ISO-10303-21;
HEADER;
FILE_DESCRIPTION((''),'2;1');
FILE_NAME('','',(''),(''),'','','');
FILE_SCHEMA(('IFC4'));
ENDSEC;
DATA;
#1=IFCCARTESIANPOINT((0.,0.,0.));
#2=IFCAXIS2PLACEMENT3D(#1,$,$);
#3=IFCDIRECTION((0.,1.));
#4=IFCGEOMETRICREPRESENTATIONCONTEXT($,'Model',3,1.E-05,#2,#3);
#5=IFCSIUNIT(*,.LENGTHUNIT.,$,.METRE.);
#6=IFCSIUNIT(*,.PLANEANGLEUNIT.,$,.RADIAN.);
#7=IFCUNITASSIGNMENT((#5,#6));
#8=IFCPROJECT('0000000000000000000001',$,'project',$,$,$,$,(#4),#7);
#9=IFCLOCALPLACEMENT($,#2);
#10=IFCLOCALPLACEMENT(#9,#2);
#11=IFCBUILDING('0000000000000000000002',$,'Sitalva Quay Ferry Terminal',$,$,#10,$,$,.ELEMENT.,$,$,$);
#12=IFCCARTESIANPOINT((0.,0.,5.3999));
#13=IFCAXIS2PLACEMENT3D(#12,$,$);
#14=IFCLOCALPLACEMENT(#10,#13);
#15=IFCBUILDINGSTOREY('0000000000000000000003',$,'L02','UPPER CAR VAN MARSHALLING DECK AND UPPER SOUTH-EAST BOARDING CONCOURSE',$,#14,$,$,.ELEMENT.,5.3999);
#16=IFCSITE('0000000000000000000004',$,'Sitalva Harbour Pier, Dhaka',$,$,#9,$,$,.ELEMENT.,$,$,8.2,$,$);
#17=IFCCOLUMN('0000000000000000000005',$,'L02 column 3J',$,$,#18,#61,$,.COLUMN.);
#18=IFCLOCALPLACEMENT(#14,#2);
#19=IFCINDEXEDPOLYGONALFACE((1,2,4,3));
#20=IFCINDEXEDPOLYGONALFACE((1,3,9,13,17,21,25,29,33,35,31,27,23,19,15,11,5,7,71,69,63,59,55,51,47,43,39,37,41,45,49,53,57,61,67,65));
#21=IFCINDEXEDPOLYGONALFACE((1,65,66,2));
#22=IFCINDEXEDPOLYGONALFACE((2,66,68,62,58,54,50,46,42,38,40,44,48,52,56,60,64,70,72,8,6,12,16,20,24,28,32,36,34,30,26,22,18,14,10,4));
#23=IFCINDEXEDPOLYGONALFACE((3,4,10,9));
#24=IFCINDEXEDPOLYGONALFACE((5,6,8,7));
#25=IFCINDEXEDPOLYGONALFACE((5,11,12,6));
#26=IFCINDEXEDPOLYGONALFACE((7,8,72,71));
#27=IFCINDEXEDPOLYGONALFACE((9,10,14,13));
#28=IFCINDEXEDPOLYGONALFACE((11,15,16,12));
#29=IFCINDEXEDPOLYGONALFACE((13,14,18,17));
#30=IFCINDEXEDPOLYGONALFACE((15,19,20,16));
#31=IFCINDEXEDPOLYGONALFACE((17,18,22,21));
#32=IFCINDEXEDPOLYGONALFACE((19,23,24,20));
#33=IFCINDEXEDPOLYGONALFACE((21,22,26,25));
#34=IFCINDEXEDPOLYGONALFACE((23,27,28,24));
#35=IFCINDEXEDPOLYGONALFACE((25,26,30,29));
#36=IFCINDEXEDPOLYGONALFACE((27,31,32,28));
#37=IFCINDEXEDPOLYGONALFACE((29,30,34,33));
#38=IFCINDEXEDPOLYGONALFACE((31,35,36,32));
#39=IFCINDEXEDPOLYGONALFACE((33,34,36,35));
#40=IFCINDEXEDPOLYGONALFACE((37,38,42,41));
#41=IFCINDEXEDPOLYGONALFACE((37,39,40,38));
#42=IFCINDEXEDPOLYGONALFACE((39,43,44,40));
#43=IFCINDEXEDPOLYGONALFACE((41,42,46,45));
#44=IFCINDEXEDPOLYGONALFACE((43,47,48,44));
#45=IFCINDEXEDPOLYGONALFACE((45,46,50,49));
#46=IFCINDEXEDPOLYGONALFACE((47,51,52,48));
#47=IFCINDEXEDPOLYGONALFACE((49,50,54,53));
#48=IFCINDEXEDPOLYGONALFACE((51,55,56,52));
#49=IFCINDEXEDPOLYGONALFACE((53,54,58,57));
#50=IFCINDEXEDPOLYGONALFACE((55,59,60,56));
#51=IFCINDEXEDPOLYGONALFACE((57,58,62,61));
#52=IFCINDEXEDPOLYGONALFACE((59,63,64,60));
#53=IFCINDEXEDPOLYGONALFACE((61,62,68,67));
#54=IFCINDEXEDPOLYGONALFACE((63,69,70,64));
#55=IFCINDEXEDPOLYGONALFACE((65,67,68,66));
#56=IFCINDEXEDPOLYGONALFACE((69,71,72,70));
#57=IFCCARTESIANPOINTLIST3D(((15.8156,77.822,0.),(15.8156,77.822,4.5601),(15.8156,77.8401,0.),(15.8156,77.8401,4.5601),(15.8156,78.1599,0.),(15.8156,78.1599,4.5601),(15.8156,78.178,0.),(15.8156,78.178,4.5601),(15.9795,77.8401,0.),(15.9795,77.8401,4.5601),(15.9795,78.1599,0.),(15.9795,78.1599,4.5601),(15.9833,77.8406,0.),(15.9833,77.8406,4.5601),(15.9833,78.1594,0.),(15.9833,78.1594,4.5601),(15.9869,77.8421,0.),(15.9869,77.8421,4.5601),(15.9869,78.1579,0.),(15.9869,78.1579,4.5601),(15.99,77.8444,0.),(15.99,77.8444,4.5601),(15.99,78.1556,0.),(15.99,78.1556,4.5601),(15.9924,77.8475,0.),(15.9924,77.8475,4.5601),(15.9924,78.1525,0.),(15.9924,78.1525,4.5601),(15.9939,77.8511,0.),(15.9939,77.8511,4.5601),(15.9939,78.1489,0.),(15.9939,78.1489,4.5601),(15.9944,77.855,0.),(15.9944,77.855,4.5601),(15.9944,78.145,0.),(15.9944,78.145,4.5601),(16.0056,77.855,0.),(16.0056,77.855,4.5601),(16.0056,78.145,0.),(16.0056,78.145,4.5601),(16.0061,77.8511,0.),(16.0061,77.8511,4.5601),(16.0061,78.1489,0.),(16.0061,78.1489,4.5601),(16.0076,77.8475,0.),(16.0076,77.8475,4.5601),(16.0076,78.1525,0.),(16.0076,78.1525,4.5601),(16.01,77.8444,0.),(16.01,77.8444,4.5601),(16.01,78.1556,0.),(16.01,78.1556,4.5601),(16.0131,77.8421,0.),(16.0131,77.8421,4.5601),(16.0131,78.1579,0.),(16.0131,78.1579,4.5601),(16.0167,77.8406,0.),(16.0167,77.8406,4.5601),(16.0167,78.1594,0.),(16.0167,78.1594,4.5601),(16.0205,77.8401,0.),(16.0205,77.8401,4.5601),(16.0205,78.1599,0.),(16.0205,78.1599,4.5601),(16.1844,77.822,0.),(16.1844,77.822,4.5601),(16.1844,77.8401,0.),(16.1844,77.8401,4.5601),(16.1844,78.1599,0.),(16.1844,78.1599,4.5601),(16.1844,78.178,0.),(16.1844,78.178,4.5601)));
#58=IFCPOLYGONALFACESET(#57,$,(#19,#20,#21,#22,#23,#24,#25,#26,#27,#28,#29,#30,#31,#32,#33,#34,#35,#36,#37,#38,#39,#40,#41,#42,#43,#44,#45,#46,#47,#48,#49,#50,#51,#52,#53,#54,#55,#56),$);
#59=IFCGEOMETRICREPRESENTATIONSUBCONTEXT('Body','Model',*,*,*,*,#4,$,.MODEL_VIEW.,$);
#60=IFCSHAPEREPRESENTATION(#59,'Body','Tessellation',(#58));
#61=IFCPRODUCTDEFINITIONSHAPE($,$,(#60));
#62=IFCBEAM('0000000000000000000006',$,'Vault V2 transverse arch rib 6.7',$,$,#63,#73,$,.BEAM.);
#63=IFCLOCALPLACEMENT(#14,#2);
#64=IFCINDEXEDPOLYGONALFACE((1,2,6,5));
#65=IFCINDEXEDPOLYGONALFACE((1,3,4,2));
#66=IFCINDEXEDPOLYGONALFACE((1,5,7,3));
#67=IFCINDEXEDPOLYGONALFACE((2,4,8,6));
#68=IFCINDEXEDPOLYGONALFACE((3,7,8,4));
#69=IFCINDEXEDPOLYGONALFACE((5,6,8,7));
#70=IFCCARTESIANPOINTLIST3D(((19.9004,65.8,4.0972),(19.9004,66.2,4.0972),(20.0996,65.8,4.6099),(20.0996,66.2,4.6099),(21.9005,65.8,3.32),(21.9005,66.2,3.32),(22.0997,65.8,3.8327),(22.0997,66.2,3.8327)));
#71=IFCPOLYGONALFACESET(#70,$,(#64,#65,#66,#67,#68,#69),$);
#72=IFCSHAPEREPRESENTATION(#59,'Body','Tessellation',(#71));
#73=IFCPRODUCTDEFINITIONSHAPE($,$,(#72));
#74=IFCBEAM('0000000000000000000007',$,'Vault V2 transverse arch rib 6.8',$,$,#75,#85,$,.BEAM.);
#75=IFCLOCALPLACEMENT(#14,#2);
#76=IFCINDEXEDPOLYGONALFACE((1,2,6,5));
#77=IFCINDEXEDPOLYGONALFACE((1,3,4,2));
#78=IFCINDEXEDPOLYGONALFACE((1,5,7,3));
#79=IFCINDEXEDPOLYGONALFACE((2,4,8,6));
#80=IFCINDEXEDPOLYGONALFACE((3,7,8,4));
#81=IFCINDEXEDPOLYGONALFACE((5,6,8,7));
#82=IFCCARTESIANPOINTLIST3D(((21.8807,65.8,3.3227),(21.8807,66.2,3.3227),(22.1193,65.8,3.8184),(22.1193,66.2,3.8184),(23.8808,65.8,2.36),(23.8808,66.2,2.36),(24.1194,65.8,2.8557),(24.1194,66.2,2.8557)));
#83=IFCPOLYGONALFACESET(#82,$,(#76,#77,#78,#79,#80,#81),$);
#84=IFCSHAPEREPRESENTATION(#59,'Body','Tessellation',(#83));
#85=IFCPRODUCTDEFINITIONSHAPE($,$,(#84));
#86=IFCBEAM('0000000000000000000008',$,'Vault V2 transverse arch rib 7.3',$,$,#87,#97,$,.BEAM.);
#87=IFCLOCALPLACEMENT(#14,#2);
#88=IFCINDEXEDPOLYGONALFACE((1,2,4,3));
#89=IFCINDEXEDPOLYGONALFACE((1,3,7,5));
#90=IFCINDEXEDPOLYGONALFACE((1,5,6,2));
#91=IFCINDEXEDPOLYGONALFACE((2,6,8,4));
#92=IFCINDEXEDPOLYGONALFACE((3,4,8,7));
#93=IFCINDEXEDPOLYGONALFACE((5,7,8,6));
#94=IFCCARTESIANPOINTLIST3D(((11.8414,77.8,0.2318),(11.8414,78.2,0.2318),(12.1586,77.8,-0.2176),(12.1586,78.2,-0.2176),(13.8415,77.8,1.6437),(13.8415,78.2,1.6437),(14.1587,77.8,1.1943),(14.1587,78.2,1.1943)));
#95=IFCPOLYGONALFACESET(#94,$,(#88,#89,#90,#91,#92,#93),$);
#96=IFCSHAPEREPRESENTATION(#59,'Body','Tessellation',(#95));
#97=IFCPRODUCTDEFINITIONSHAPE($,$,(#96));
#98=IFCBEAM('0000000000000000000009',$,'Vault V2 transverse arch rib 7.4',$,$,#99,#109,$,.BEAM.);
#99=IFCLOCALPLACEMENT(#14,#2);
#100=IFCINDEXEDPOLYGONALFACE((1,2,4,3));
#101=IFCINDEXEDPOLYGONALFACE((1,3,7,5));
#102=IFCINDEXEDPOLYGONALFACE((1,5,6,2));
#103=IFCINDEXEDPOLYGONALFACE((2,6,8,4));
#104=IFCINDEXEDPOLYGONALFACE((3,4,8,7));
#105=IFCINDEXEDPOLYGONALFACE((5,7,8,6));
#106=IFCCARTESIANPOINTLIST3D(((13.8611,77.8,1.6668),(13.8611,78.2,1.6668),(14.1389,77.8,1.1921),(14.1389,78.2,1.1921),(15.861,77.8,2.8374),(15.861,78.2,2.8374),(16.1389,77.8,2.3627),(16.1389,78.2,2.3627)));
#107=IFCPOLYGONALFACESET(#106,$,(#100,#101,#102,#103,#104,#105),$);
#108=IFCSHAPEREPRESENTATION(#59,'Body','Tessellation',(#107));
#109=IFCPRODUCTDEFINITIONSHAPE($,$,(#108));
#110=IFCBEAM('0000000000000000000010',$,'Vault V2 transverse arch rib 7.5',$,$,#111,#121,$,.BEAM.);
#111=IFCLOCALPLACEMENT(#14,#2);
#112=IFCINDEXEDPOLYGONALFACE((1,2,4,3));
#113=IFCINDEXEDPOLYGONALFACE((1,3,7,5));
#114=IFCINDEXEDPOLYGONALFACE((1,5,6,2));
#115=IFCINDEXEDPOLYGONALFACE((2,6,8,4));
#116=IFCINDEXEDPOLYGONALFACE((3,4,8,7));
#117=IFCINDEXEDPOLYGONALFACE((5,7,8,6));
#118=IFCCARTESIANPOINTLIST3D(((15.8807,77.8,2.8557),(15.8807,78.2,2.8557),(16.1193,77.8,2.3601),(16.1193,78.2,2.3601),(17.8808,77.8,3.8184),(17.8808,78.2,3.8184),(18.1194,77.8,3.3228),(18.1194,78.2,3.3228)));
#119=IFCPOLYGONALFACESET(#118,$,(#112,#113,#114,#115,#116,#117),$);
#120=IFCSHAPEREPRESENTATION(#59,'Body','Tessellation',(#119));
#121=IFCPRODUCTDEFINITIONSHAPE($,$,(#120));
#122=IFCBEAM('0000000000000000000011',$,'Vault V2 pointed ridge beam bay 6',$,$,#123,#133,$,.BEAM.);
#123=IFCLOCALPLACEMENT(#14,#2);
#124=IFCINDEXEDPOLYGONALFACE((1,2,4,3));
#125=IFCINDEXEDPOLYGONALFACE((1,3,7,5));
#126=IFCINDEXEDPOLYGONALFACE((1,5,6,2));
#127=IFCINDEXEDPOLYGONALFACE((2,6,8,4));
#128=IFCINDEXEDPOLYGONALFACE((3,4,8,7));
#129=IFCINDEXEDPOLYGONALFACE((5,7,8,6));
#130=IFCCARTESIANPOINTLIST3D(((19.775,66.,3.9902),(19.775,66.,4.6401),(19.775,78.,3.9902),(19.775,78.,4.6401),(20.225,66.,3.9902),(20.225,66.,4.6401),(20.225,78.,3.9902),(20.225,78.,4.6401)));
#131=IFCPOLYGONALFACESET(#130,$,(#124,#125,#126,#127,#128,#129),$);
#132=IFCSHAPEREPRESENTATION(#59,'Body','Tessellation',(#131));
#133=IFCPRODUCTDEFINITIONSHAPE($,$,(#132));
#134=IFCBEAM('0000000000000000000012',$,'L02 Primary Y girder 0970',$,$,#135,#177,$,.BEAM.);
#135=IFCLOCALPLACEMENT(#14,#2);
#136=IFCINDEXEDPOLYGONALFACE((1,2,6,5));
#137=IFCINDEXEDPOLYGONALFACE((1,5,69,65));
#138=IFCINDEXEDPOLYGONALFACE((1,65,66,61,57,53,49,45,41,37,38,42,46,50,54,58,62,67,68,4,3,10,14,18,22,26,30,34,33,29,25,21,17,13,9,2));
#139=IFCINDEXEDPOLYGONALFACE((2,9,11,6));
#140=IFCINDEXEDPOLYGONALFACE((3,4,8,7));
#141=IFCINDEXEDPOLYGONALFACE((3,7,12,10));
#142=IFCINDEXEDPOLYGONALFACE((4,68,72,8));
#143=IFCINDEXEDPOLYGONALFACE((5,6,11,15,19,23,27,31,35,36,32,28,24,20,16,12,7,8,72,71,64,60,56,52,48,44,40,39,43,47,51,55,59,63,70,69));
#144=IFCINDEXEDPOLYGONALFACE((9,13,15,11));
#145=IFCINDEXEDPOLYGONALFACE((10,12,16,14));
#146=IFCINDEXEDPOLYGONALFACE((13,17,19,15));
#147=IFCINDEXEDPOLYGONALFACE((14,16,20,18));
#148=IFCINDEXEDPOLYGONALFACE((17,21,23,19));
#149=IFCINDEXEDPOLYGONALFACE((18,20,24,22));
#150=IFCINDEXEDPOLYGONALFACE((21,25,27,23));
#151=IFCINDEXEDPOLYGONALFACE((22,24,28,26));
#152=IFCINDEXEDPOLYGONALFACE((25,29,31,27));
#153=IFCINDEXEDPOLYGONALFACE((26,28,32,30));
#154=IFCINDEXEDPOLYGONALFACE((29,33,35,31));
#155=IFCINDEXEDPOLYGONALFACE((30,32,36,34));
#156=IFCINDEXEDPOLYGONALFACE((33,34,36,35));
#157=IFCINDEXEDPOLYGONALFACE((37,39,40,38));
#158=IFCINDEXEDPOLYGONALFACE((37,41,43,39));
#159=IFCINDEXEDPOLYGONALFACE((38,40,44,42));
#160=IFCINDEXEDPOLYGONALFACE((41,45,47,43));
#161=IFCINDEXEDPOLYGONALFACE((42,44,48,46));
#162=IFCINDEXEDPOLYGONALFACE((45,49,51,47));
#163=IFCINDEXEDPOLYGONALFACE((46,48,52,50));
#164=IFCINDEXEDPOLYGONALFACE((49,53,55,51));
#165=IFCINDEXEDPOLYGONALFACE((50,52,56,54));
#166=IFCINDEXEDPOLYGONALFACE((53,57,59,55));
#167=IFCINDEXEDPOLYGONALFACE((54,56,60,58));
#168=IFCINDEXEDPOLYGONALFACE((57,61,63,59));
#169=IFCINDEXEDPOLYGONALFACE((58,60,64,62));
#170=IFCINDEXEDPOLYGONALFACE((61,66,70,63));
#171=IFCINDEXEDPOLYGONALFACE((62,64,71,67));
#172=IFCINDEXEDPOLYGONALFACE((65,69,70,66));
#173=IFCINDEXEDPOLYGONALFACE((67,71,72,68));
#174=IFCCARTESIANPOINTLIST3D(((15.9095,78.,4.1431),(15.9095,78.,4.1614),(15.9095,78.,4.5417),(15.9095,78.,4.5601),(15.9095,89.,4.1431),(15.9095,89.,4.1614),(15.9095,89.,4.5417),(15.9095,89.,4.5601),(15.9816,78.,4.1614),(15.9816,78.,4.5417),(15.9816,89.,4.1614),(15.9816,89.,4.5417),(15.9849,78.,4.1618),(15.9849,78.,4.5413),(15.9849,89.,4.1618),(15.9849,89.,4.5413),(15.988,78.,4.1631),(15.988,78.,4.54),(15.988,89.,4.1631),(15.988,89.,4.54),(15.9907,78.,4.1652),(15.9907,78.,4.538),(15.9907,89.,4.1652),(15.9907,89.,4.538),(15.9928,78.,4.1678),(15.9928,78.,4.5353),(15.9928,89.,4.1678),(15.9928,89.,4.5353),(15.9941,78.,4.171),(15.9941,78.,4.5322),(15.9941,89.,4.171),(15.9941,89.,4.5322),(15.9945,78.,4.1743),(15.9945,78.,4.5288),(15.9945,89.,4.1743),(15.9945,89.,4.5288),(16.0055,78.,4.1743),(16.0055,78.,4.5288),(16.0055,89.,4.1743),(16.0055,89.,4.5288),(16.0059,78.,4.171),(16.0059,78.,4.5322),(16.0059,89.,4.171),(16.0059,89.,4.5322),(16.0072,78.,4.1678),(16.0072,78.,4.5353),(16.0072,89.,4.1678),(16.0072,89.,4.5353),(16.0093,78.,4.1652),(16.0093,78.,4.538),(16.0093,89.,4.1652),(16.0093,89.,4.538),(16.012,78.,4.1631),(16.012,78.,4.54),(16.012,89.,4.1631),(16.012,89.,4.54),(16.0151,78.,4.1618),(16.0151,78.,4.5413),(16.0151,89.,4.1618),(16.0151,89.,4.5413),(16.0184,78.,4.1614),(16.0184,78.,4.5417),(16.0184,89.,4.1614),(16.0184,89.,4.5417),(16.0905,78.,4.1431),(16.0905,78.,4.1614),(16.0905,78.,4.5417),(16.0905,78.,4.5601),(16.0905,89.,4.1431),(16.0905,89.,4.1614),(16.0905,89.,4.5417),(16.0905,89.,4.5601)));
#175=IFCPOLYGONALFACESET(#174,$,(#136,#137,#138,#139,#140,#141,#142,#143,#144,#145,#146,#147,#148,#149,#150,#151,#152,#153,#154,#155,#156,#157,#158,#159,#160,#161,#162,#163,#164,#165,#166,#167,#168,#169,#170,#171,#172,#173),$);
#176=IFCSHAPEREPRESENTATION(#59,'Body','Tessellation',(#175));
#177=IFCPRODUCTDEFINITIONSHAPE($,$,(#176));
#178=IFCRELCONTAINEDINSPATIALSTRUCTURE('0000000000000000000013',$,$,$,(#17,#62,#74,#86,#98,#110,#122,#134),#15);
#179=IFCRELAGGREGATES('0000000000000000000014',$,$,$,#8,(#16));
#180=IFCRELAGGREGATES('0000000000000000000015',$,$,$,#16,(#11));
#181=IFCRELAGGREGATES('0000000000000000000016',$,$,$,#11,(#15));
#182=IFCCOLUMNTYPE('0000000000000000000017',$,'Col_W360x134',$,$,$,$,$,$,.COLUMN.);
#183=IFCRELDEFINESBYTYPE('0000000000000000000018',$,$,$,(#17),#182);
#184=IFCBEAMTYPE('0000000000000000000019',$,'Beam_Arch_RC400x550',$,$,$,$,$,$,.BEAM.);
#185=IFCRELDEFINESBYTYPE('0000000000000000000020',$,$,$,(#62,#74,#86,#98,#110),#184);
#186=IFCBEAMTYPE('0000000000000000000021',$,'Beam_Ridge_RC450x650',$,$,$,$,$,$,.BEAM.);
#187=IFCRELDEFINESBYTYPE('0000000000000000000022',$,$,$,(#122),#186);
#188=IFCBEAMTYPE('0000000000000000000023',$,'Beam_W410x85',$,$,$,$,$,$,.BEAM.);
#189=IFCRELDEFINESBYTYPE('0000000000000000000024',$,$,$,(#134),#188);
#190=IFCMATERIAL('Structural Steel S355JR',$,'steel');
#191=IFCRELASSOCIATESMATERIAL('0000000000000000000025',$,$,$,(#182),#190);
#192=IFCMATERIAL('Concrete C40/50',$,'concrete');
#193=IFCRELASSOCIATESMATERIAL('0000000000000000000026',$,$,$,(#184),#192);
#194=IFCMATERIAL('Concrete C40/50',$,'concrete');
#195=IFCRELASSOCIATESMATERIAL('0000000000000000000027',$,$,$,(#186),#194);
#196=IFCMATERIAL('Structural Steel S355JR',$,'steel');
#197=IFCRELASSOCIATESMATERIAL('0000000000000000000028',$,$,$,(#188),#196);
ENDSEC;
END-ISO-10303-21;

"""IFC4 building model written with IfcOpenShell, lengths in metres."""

from ifc_helpers import new_model, si_unit, direction, frame, origin, origin_2d, place, context, subcontext, project, spatial, rectangle, i_section, extrude, material, material_profile, profile_set, type_object, element, save


model = new_model("IFC4")

# Units and contexts
model_context = context("Model", 3, precision=1e-05, world=origin(), true_north=direction((0.0, 1.0)))
body_context = subcontext(model_context, "Body", "Model", "MODEL_VIEW")
ifc_project = project(units=[si_unit("LENGTHUNIT", "METRE"), si_unit("PLANEANGLEUNIT", "RADIAN")], contexts=[model_context])

# Site, building, storey
site_placement = place(None, origin())
site = spatial("IfcSite", under=ifc_project, at=site_placement, Name="Sitalva Harbour Pier, Dhaka", CompositionType="ELEMENT", RefElevation=8.2)
building_placement = place(site_placement, origin())
building = spatial("IfcBuilding", under=site, at=building_placement, Name="Sitalva Quay Ferry Terminal", CompositionType="ELEMENT")
storey_placement = place(building_placement, frame((0.0, 0.0, 5.3999)))
storey = spatial("IfcBuildingStorey", under=building, at=storey_placement, Name="L02", Description="UPPER CAR VAN MARSHALLING DECK AND UPPER SOUTH-EAST BOARDING CONCOURSE", CompositionType="ELEMENT", Elevation=5.3999)

# Column
ifc_material_1 = material(Name="Structural Steel S355JR", Category="steel")
ifc_material_profile_1 = material_profile(ifc_material_1, i_section(OverallWidth=0.3689, OverallDepth=0.356, WebThickness=0.0112, FlangeThickness=0.0181, FilletRadius=0.0149, at=origin_2d()), Name="W360x134")
ifc_profile_set_1 = profile_set([ifc_material_profile_1], Name="Structural Steel S355JR")
column_type = type_object("IfcColumnType", Name="Col_W360x134", PredefinedType="COLUMN", material=ifc_profile_set_1)
column_placement = place(storey_placement, frame((16.0, 78.0, 0.0), z_axis=(0.0, 0.0, 1.0), x_axis=(1.0, 0.0, 0.0)))
element("IfcColumn", 1, at=column_placement, inside=storey, type_object=column_type, Name="L02 column 3J", PredefinedType="COLUMN", context=body_context, shape_type="SweptSolid", body=[
    extrude(i_section(OverallWidth=0.3689, OverallDepth=0.356, WebThickness=0.0112, FlangeThickness=0.0181, FilletRadius=0.0149, at=origin_2d()), origin(), (0.0, 0.0, 1.0), 4.5601),
])

# Beams
ifc_material_2 = material(Name="Concrete C40/50", Category="concrete")
ifc_material_profile_2 = material_profile(ifc_material_2, rectangle(XDim=0.3999, YDim=0.55, at=origin_2d()), Name="RC400x550")
ifc_profile_set_2 = profile_set([ifc_material_profile_2], Name="Concrete C40/50")
beam_type_1 = type_object("IfcBeamType", Name="Beam_Arch_RC400x550", PredefinedType="BEAM", material=ifc_profile_set_2)
beam_1_placement = place(storey_placement, frame((20.0, 66.0, 4.3535), z_axis=(0.932111, 0.0, -0.362172), x_axis=(0.0, 1.0, 0.0)))
element("IfcBeam", 2, at=beam_1_placement, inside=storey, type_object=beam_type_1, Name="Vault V2 transverse arch rib 6.7", PredefinedType="BEAM", context=body_context, shape_type="SweptSolid", body=[
    extrude(rectangle(XDim=0.3999, YDim=0.55, at=origin_2d()), origin(), (0.0, 0.0, 1.0), 2.1458),
])
beam_2_placement = place(storey_placement, frame((22.0, 66.0, 3.5706), z_axis=(0.901057, 0.0, -0.4337), x_axis=(0.0, 1.0, 0.0)))
element("IfcBeam", 3, at=beam_2_placement, inside=storey, type_object=beam_type_1, Name="Vault V2 transverse arch rib 6.8", PredefinedType="BEAM", context=body_context, shape_type="SweptSolid", body=[
    extrude(rectangle(XDim=0.3999, YDim=0.55, at=origin_2d()), origin(), (0.0, 0.0, 1.0), 2.2197),
])
beam_3_placement = place(storey_placement, frame((12.0, 78.0, 0.0071), z_axis=(0.816949, 0.0, 0.576711), x_axis=(0.0, 1.0, 0.0)))
element("IfcBeam", 4, at=beam_3_placement, inside=storey, type_object=beam_type_1, Name="Vault V2 transverse arch rib 7.3", PredefinedType="BEAM", context=body_context, shape_type="SweptSolid", body=[
    extrude(rectangle(XDim=0.3999, YDim=0.55, at=origin_2d()), origin(), (0.0, 0.0, 1.0), 2.4482),
])
beam_4_placement = place(storey_placement, frame((14.0, 78.0, 1.4294), z_axis=(0.863029, 0.0, 0.505154), x_axis=(0.0, 1.0, 0.0)))
element("IfcBeam", 5, at=beam_4_placement, inside=storey, type_object=beam_type_1, Name="Vault V2 transverse arch rib 7.4", PredefinedType="BEAM", context=body_context, shape_type="SweptSolid", body=[
    extrude(rectangle(XDim=0.3999, YDim=0.55, at=origin_2d()), origin(), (0.0, 0.0, 1.0), 2.3174),
])
beam_5_placement = place(storey_placement, frame((16.0, 78.0, 2.6079), z_axis=(0.901057, 0.0, 0.4337), x_axis=(0.0, 1.0, 0.0)))
element("IfcBeam", 6, at=beam_5_placement, inside=storey, type_object=beam_type_1, Name="Vault V2 transverse arch rib 7.5", PredefinedType="BEAM", context=body_context, shape_type="SweptSolid", body=[
    extrude(rectangle(XDim=0.3999, YDim=0.55, at=origin_2d()), origin(), (0.0, 0.0, 1.0), 2.2197),
])
ifc_material_3 = material(Name="Concrete C40/50", Category="concrete")
ifc_material_profile_3 = material_profile(ifc_material_3, rectangle(XDim=0.45, YDim=0.6499, at=origin_2d()), Name="RC450x650")
ifc_profile_set_3 = profile_set([ifc_material_profile_3], Name="Concrete C40/50")
beam_type_2 = type_object("IfcBeamType", Name="Beam_Ridge_RC450x650", PredefinedType="BEAM", material=ifc_profile_set_3)
beam_6_placement = place(storey_placement, frame((20.0, 66.0, 4.3152), z_axis=(0.0, 1.0, 0.0), x_axis=(-1.0, 0.0, 0.0)))
element("IfcBeam", 7, at=beam_6_placement, inside=storey, type_object=beam_type_2, Name="Vault V2 pointed ridge beam bay 6", PredefinedType="BEAM", context=body_context, shape_type="SweptSolid", body=[
    extrude(rectangle(XDim=0.45, YDim=0.6499, at=origin_2d()), origin(), (0.0, 0.0, 1.0), 12.0),
])
ifc_material_4 = material(Name="Structural Steel S355JR", Category="steel")
ifc_material_profile_4 = material_profile(ifc_material_4, i_section(OverallWidth=0.1809, OverallDepth=0.417, WebThickness=0.011, FlangeThickness=0.0183, FilletRadius=0.0129, at=origin_2d()), Name="W410x85")
ifc_profile_set_4 = profile_set([ifc_material_profile_4], Name="Structural Steel S355JR")
beam_type_3 = type_object("IfcBeamType", Name="Beam_W410x85", PredefinedType="BEAM", material=ifc_profile_set_4)
beam_7_placement = place(storey_placement, frame((16.0, 78.0, 4.3516), z_axis=(0.0, 1.0, 0.0), x_axis=(-1.0, 0.0, 0.0)))
element("IfcBeam", 8, at=beam_7_placement, inside=storey, type_object=beam_type_3, Name="L02 Primary Y girder 0970", PredefinedType="BEAM", context=body_context, shape_type="SweptSolid", body=[
    extrude(i_section(OverallWidth=0.1809, OverallDepth=0.417, WebThickness=0.011, FlangeThickness=0.0183, FilletRadius=0.0129, at=origin_2d()), origin(), (0.0, 0.0, 1.0), 11.0),
])

save(model, "model.ifc")
